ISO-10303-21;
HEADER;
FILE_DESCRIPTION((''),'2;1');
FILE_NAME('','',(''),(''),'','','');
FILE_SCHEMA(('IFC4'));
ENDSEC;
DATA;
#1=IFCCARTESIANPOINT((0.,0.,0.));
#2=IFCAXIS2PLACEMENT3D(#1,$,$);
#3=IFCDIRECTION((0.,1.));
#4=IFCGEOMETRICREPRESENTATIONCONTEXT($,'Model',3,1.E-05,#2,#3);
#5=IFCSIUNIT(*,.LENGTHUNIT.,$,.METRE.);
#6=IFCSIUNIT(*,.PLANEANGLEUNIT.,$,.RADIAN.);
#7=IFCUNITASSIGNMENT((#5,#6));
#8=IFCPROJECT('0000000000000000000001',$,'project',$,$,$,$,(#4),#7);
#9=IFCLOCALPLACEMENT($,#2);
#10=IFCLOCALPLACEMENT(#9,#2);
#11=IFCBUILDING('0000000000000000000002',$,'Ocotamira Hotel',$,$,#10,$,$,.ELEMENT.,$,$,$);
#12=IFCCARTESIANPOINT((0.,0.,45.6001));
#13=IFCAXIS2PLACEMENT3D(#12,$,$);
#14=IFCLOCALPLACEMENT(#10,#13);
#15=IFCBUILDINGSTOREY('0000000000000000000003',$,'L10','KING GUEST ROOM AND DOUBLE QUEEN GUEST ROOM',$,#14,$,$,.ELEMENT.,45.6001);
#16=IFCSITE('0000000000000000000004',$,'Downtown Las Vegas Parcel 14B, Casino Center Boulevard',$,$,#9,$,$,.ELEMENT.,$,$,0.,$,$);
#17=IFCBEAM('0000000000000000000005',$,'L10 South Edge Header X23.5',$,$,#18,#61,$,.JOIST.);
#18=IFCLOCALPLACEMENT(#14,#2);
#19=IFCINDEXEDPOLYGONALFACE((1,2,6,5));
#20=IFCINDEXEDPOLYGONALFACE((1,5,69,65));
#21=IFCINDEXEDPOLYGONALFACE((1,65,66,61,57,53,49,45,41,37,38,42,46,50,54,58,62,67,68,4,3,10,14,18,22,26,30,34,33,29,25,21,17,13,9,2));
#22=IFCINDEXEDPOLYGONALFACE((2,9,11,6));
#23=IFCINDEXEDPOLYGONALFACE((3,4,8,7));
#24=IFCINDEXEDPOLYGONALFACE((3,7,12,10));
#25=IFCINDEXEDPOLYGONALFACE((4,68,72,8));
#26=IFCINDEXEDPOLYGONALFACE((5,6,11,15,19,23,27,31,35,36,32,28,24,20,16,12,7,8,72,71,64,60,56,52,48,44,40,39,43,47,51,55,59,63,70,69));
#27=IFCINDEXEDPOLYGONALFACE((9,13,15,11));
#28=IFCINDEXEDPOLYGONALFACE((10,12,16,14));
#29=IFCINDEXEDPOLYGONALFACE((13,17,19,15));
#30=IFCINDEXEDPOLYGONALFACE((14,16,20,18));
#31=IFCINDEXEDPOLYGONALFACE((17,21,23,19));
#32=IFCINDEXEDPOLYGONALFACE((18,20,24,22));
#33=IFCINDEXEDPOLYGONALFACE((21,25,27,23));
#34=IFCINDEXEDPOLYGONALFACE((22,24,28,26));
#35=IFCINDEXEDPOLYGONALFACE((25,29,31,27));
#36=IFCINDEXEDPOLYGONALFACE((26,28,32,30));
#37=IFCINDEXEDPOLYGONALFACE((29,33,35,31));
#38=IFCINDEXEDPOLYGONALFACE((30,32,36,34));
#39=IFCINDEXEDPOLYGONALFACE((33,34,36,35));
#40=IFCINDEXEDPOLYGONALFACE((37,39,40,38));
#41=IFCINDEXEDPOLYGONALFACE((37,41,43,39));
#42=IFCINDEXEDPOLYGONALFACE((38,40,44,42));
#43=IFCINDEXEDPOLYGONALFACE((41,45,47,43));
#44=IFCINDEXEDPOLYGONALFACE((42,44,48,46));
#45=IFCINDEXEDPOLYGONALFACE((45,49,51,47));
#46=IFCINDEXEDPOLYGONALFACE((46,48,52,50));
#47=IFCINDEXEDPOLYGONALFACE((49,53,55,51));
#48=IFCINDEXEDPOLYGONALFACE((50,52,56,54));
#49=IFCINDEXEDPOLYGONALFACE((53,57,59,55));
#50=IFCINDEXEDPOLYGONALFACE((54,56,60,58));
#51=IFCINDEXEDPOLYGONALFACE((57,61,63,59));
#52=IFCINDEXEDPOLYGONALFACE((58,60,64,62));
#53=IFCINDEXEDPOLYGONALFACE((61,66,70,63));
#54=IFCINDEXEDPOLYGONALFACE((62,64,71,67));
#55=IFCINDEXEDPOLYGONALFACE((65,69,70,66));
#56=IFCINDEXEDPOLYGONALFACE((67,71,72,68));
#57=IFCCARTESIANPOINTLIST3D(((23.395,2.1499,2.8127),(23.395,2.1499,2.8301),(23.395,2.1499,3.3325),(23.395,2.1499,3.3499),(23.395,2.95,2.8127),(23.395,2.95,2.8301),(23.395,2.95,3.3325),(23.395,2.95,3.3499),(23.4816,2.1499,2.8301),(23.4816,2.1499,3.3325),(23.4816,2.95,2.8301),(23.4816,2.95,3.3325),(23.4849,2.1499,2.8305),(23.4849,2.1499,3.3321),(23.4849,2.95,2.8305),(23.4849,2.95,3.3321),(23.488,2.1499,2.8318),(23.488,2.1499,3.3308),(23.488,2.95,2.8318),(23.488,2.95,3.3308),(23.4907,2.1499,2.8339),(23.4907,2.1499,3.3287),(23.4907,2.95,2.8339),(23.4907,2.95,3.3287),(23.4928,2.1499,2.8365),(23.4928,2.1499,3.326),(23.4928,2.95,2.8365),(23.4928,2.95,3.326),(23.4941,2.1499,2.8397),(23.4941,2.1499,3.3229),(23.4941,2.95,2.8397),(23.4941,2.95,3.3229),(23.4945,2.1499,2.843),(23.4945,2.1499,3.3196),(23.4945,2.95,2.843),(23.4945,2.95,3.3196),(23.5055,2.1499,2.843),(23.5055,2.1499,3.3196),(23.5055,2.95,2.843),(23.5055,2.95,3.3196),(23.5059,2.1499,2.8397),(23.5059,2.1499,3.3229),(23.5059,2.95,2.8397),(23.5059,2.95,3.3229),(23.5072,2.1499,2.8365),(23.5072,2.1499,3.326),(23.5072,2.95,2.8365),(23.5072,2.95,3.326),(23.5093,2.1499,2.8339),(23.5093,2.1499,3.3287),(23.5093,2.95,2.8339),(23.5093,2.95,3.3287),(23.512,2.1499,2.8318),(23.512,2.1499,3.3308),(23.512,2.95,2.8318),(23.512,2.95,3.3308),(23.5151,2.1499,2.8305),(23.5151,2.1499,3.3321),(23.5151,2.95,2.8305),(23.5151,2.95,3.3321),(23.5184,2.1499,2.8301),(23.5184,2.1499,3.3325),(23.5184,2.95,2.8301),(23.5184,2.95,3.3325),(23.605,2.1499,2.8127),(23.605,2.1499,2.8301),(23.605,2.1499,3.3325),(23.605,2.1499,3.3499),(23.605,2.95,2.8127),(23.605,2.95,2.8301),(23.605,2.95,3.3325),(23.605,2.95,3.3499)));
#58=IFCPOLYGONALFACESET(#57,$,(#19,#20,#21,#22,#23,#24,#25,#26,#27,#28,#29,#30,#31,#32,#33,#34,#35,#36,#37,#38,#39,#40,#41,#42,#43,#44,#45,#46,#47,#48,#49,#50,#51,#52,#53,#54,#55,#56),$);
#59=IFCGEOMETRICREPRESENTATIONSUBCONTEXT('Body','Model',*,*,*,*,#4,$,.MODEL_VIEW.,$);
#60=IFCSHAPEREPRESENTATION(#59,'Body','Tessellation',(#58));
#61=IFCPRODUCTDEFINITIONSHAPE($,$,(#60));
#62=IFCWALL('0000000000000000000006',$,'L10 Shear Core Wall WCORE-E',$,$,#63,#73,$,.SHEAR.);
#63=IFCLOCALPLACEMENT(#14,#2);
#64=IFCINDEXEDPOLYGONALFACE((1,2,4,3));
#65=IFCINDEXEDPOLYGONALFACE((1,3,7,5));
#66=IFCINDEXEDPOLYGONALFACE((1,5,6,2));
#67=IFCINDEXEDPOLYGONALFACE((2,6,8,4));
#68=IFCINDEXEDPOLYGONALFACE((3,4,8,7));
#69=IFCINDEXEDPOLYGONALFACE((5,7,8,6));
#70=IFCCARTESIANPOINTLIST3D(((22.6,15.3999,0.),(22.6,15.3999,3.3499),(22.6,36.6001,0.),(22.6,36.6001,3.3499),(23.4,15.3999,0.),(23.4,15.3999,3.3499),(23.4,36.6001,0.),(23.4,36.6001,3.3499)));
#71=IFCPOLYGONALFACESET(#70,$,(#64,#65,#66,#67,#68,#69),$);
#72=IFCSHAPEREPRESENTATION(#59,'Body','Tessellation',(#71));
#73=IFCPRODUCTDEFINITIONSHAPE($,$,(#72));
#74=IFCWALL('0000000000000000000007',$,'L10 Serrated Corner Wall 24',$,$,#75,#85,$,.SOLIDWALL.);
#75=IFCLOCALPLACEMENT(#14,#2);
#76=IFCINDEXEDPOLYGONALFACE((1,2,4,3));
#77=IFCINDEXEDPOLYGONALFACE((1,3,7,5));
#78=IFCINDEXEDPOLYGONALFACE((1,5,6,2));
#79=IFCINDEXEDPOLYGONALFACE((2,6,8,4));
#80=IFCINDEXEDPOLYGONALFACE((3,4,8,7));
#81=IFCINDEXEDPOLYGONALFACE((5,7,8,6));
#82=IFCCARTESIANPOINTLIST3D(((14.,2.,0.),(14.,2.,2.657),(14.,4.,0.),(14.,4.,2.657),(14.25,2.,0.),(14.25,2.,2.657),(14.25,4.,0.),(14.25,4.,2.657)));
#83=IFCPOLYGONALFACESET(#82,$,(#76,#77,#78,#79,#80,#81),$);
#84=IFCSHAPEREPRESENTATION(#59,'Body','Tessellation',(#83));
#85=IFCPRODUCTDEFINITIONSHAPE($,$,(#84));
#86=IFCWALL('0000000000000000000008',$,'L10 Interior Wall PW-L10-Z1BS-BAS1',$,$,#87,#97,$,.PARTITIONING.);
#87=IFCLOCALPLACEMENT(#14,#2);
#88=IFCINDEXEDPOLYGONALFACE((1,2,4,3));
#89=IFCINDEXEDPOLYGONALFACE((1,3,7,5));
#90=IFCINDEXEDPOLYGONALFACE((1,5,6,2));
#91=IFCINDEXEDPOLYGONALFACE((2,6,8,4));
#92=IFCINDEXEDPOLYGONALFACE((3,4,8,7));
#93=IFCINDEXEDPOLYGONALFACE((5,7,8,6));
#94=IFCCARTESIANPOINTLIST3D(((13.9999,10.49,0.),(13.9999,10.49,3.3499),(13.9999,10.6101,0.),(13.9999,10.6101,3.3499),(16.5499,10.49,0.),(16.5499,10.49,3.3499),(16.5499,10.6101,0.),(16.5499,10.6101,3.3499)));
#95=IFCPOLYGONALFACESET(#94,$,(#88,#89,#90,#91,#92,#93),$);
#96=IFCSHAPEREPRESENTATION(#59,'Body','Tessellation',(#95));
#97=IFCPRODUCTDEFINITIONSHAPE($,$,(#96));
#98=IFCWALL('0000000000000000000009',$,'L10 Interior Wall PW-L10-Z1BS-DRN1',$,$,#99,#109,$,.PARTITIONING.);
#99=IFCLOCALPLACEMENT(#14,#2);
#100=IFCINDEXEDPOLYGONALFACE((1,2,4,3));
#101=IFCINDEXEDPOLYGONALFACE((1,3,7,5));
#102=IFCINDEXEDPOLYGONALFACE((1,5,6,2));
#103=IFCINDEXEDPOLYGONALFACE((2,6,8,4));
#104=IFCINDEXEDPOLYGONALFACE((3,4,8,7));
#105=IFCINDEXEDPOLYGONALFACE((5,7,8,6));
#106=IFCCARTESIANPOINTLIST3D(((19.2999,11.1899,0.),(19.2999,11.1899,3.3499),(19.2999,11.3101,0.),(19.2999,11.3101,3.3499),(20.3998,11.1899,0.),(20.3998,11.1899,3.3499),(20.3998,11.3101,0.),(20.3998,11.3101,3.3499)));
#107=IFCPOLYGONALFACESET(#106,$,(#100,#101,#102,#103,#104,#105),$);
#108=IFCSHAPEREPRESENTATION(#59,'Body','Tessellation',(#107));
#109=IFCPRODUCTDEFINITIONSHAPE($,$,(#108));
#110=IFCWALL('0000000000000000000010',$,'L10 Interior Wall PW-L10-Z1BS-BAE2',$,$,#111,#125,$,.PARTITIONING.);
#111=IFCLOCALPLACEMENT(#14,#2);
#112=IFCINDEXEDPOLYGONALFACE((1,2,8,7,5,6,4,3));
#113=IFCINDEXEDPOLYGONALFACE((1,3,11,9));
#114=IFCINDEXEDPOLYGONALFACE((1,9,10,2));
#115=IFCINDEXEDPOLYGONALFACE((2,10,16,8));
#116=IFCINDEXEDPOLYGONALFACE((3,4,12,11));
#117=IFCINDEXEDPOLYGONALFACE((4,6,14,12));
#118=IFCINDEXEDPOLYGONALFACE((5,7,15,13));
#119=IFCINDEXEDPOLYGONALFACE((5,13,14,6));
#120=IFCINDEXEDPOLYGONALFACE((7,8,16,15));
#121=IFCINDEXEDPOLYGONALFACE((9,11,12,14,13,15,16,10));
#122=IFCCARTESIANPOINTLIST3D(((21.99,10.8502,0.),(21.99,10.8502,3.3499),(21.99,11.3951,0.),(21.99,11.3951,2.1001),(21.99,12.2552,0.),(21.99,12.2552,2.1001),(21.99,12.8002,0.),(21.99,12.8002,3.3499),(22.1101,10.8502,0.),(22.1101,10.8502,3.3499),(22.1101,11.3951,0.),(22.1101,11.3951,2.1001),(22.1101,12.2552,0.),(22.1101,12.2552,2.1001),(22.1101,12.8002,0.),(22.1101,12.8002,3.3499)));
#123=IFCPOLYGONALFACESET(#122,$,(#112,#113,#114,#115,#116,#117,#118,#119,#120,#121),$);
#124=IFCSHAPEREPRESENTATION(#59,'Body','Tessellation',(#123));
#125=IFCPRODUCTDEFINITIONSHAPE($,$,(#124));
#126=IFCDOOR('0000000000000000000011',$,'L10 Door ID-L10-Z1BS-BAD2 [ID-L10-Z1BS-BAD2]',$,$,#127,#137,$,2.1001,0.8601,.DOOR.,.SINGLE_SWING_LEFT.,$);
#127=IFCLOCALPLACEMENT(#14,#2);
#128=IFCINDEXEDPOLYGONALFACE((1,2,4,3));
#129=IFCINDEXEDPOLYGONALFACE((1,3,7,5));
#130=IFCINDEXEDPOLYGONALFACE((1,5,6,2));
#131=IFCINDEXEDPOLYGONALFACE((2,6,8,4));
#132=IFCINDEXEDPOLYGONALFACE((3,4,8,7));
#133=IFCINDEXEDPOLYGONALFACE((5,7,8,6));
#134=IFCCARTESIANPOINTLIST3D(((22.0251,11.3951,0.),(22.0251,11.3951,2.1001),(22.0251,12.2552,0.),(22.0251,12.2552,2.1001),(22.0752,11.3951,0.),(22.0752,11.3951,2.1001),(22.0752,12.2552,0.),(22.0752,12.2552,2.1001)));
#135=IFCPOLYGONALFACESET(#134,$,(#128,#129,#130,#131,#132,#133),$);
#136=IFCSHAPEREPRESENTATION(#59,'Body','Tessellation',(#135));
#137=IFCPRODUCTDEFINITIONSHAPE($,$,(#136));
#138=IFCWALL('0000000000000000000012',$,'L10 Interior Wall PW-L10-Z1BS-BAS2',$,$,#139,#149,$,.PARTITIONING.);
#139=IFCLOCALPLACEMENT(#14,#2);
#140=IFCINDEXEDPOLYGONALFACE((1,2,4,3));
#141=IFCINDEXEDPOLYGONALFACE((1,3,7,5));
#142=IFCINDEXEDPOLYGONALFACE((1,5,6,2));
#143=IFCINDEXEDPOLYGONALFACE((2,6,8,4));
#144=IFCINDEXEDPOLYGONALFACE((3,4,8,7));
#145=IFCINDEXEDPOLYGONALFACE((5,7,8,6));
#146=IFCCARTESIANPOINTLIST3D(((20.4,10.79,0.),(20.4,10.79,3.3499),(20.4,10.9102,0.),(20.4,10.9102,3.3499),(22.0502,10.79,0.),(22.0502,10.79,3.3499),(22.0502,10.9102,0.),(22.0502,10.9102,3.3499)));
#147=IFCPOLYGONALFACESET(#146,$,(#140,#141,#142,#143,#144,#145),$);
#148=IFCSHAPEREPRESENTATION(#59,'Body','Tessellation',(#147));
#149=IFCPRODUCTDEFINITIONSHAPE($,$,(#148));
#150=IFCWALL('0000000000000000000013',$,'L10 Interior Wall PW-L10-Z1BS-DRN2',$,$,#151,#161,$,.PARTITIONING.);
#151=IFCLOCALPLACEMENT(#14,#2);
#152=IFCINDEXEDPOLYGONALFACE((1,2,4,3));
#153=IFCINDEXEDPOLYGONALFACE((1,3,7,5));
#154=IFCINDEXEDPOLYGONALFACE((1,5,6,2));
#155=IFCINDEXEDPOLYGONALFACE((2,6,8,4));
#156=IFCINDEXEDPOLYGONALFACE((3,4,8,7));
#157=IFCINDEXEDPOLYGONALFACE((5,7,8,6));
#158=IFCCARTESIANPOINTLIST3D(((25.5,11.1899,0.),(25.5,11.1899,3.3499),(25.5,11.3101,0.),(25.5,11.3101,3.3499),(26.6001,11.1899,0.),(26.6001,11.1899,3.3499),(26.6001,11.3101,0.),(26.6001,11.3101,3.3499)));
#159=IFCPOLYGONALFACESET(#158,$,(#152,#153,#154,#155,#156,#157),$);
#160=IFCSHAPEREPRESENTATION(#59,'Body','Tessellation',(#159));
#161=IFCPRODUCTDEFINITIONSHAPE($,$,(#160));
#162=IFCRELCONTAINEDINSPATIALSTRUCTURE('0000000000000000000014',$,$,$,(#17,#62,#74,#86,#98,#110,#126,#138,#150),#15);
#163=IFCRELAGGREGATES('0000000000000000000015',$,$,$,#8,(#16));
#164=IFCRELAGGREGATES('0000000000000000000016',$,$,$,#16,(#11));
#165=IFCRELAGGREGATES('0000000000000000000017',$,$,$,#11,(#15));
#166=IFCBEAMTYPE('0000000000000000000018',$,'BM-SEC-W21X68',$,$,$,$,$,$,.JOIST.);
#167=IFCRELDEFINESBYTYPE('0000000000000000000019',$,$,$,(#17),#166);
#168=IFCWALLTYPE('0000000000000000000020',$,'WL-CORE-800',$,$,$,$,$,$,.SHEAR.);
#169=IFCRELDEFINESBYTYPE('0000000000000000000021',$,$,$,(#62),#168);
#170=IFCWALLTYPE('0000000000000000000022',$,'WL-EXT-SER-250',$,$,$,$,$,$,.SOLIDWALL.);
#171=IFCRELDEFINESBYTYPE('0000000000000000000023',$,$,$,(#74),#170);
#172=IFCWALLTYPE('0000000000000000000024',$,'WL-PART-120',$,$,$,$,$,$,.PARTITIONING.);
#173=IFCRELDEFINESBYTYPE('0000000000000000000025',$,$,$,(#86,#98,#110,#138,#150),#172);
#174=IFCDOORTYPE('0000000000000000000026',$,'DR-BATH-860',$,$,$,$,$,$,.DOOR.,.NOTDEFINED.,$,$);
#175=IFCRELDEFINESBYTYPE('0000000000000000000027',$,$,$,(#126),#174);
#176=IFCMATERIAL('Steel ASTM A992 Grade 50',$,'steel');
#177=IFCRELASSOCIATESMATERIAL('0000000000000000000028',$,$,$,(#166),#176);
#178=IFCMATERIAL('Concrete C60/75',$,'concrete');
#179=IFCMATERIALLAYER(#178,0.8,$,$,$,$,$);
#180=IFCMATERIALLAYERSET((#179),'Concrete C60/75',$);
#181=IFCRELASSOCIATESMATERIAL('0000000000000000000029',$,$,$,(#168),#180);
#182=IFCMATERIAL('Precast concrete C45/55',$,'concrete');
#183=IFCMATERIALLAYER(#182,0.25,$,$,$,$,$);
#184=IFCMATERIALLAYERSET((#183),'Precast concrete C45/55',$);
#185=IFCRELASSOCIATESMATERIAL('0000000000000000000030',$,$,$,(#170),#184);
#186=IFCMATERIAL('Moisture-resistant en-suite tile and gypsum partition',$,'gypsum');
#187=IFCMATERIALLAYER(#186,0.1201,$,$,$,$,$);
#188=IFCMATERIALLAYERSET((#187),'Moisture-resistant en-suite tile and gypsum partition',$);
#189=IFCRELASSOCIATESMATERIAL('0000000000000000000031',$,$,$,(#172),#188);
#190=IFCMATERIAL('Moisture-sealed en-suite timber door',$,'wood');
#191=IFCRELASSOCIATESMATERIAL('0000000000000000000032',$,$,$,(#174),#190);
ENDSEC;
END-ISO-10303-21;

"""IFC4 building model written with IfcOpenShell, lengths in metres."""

from ifc_helpers import new_model, si_unit, direction, frame, frame_2d, origin, origin_2d, place, context, subcontext, project, spatial, rectangle, i_section, extrude, source, transform, mapped, material, layer, layer_set, material_profile, profile_set, type_object, element, fill, save


model = new_model("IFC4")

# Units and contexts
model_context = context("Model", 3, precision=1e-05, world=origin(), true_north=direction((0.0, 1.0)))
body_context = subcontext(model_context, "Body", "Model", "MODEL_VIEW")
ifc_project = project(units=[si_unit("LENGTHUNIT", "METRE"), si_unit("PLANEANGLEUNIT", "RADIAN")], contexts=[model_context])

# Site, building, storey
site_placement = place(None, origin())
site = spatial("IfcSite", under=ifc_project, at=site_placement, Name="Downtown Las Vegas Parcel 14B, Casino Center Boulevard", CompositionType="ELEMENT", RefElevation=0.0)
building_placement = place(site_placement, origin())
building = spatial("IfcBuilding", under=site, at=building_placement, Name="Ocotamira Hotel", CompositionType="ELEMENT")
storey_placement = place(building_placement, frame((0.0, 0.0, 45.6001)))
storey = spatial("IfcBuildingStorey", under=building, at=storey_placement, Name="L10", Description="KING GUEST ROOM AND DOUBLE QUEEN GUEST ROOM", CompositionType="ELEMENT", Elevation=45.6001)

# Beam
ifc_material_1 = material(Name="Steel ASTM A992 Grade 50", Category="steel")
ifc_material_profile_1 = material_profile(ifc_material_1, i_section(OverallWidth=0.21, OverallDepth=0.5371, WebThickness=0.011, FlangeThickness=0.0173, FilletRadius=0.0129, at=origin_2d()), Name="W21X68")
ifc_profile_set_1 = profile_set([ifc_material_profile_1], Name="Steel ASTM A992 Grade 50")
beam_type_1 = type_object("IfcBeamType", Name="BM-SEC-W21X68", PredefinedType="JOIST", material=ifc_profile_set_1)
shared_shape_1 = source(origin(), body_context, "Body", "SweptSolid", [
    extrude(i_section(OverallWidth=0.21, OverallDepth=0.5371, WebThickness=0.011, FlangeThickness=0.0173, FilletRadius=0.0129, at=origin_2d()), origin(), (0.0, 0.0, 1.0), 0.8),
])
beam_1_placement = place(storey_placement, frame((23.5, 2.95, 3.0813), z_axis=(0.0, -1.0, 0.0), x_axis=(1.0, 0.0, 0.0)))
element("IfcBeam", 1, at=beam_1_placement, inside=storey, type_object=beam_type_1, Name="L10 South Edge Header X23.5", PredefinedType="JOIST", context=body_context, shape_type="MappedRepresentation", body=[
    mapped(shared_shape_1, transform((0.0, 0.0, 0.0), scale=1.0)),
])

# Walls
ifc_material_2 = material(Name="Concrete C60/75", Category="concrete")
ifc_layer_1 = layer(ifc_material_2, 0.8)
ifc_layer_set_1 = layer_set([ifc_layer_1], Name="Concrete C60/75")
wall_type_1 = type_object("IfcWallType", Name="WL-CORE-800", PredefinedType="SHEAR", material=ifc_layer_set_1)
wall_1_placement = place(storey_placement, frame((23.0, 15.3999, 0.0), z_axis=(0.0, 0.0, 1.0), x_axis=(0.0, 1.0, 0.0)))
element("IfcWall", 2, at=wall_1_placement, inside=storey, type_object=wall_type_1, Name="L10 Shear Core Wall WCORE-E", PredefinedType="SHEAR", context=body_context, shape_type="SweptSolid", body=[
    extrude(rectangle(XDim=21.2002, YDim=0.8, at=frame_2d((10.6001, 0.0))), origin(), (0.0, 0.0, 1.0), 3.3499),
])
ifc_material_3 = material(Name="Precast concrete C45/55", Category="concrete")
ifc_layer_2 = layer(ifc_material_3, 0.25)
ifc_layer_set_2 = layer_set([ifc_layer_2], Name="Precast concrete C45/55")
wall_type_2 = type_object("IfcWallType", Name="WL-EXT-SER-250", PredefinedType="SOLIDWALL", material=ifc_layer_set_2)
wall_2_placement = place(storey_placement, frame((14.125, 4.0, 0.0), z_axis=(0.0, 0.0, 1.0), x_axis=(0.0, -1.0, 0.0)))
element("IfcWall", 3, at=wall_2_placement, inside=storey, type_object=wall_type_2, Name="L10 Serrated Corner Wall 24", PredefinedType="SOLIDWALL", context=body_context, shape_type="SweptSolid", body=[
    extrude(rectangle(XDim=2.0, YDim=0.25, at=frame_2d((1.0, 0.0))), origin(), (0.0, 0.0, 1.0), 2.657),
])

# Shared definitions
ifc_material_4 = material(Name="Moisture-resistant en-suite tile and gypsum partition", Category="gypsum")
ifc_layer_3 = layer(ifc_material_4, 0.1201)
ifc_layer_set_3 = layer_set([ifc_layer_3], Name="Moisture-resistant en-suite tile and gypsum partition")
wall_type_3 = type_object("IfcWallType", Name="WL-PART-120", PredefinedType="PARTITIONING", material=ifc_layer_set_3)

# Walls
wall_3_placement = place(storey_placement, frame((14.0, 10.55, 0.0), z_axis=(0.0, 0.0, 1.0), x_axis=(1.0, 0.0, 0.0)))
element("IfcWall", 4, at=wall_3_placement, inside=storey, type_object=wall_type_3, Name="L10 Interior Wall PW-L10-Z1BS-BAS1", PredefinedType="PARTITIONING", context=body_context, shape_type="SweptSolid", body=[
    extrude(rectangle(XDim=2.55, YDim=0.1201, at=frame_2d((1.2749, 0.0))), origin(), (0.0, 0.0, 1.0), 3.3499),
])
wall_4_placement = place(storey_placement, frame((19.3, 11.25, 0.0), z_axis=(0.0, 0.0, 1.0), x_axis=(1.0, 0.0, 0.0)))
element("IfcWall", 5, at=wall_4_placement, inside=storey, type_object=wall_type_3, Name="L10 Interior Wall PW-L10-Z1BS-DRN1", PredefinedType="PARTITIONING", context=body_context, shape_type="SweptSolid", body=[
    extrude(rectangle(XDim=1.0999, YDim=0.1201, at=frame_2d((0.5498, 0.0))), origin(), (0.0, 0.0, 1.0), 3.3499),
])

# Wall, opening, door
wall_5_placement = place(storey_placement, frame((22.05, 10.8501, 0.0), z_axis=(0.0, 0.0, 1.0), x_axis=(0.0, 1.0, 0.0)))
wall_5 = element("IfcWall", 6, at=wall_5_placement, inside=storey, type_object=wall_type_3, Name="L10 Interior Wall PW-L10-Z1BS-BAE2", PredefinedType="PARTITIONING", context=body_context, shape_type="SweptSolid", body=[
    extrude(rectangle(XDim=1.95, YDim=0.1201, at=frame_2d((0.9751, 0.0))), origin(), (0.0, 0.0, 1.0), 3.3499),
])
opening_1_placement = place(wall_5_placement, frame((0.5449, 0.0, 0.0)))
opening_1 = element("IfcOpeningElement", 7, at=opening_1_placement, cuts=wall_5, PredefinedType="OPENING", context=body_context, shape_type="SweptSolid", body=[
    extrude(rectangle(XDim=0.8601, YDim=2.1001, at=frame_2d((0.4302, 1.05))), frame((0.0, 0.0701, 0.0), z_axis=(0.0, -1.0, 0.0), x_axis=(1.0, 0.0, 0.0)), (0.0, 0.0, 1.0), 0.1401),
])
ifc_material_5 = material(Name="Moisture-sealed en-suite timber door", Category="wood")
door_type_1 = type_object("IfcDoorType", Name="DR-BATH-860", OperationType="NOTDEFINED", PredefinedType="DOOR", material=ifc_material_5)
shared_shape_2 = source(origin(), body_context, "Body", "SweptSolid", [
    extrude(rectangle(XDim=0.8601, YDim=2.1001, at=frame_2d((0.4302, 1.05))), frame((0.0, 0.0249, 0.0), z_axis=(0.0, -1.0, 0.0), x_axis=(1.0, 0.0, 0.0)), (0.0, 0.0, 1.0), 0.05),
])
door_1_placement = place(opening_1_placement, origin())
door_1 = element("IfcDoor", 8, at=door_1_placement, inside=storey, type_object=door_type_1, Name="L10 Door ID-L10-Z1BS-BAD2 [ID-L10-Z1BS-BAD2]", OperationType="SINGLE_SWING_LEFT", OverallHeight=2.1001, OverallWidth=0.8601, PredefinedType="DOOR", context=body_context, shape_type="MappedRepresentation", body=[
    mapped(shared_shape_2, transform((0.0, 0.0, 0.0), scale=1.0)),
])
fill(opening_1, door_1)

# Walls
wall_6_placement = place(storey_placement, frame((20.3999, 10.8501, 0.0), z_axis=(0.0, 0.0, 1.0), x_axis=(1.0, 0.0, 0.0)))
element("IfcWall", 9, at=wall_6_placement, inside=storey, type_object=wall_type_3, Name="L10 Interior Wall PW-L10-Z1BS-BAS2", PredefinedType="PARTITIONING", context=body_context, shape_type="SweptSolid", body=[
    extrude(rectangle(XDim=1.6501, YDim=0.1201, at=frame_2d((0.8252, 0.0))), origin(), (0.0, 0.0, 1.0), 3.3499),
])
wall_7_placement = place(storey_placement, frame((25.5, 11.25, 0.0), z_axis=(0.0, 0.0, 1.0), x_axis=(1.0, 0.0, 0.0)))
element("IfcWall", 10, at=wall_7_placement, inside=storey, type_object=wall_type_3, Name="L10 Interior Wall PW-L10-Z1BS-DRN2", PredefinedType="PARTITIONING", context=body_context, shape_type="SweptSolid", body=[
    extrude(rectangle(XDim=1.1001, YDim=0.1201, at=frame_2d((0.55, 0.0))), origin(), (0.0, 0.0, 1.0), 3.3499),
])

save(model, "model.ifc")
